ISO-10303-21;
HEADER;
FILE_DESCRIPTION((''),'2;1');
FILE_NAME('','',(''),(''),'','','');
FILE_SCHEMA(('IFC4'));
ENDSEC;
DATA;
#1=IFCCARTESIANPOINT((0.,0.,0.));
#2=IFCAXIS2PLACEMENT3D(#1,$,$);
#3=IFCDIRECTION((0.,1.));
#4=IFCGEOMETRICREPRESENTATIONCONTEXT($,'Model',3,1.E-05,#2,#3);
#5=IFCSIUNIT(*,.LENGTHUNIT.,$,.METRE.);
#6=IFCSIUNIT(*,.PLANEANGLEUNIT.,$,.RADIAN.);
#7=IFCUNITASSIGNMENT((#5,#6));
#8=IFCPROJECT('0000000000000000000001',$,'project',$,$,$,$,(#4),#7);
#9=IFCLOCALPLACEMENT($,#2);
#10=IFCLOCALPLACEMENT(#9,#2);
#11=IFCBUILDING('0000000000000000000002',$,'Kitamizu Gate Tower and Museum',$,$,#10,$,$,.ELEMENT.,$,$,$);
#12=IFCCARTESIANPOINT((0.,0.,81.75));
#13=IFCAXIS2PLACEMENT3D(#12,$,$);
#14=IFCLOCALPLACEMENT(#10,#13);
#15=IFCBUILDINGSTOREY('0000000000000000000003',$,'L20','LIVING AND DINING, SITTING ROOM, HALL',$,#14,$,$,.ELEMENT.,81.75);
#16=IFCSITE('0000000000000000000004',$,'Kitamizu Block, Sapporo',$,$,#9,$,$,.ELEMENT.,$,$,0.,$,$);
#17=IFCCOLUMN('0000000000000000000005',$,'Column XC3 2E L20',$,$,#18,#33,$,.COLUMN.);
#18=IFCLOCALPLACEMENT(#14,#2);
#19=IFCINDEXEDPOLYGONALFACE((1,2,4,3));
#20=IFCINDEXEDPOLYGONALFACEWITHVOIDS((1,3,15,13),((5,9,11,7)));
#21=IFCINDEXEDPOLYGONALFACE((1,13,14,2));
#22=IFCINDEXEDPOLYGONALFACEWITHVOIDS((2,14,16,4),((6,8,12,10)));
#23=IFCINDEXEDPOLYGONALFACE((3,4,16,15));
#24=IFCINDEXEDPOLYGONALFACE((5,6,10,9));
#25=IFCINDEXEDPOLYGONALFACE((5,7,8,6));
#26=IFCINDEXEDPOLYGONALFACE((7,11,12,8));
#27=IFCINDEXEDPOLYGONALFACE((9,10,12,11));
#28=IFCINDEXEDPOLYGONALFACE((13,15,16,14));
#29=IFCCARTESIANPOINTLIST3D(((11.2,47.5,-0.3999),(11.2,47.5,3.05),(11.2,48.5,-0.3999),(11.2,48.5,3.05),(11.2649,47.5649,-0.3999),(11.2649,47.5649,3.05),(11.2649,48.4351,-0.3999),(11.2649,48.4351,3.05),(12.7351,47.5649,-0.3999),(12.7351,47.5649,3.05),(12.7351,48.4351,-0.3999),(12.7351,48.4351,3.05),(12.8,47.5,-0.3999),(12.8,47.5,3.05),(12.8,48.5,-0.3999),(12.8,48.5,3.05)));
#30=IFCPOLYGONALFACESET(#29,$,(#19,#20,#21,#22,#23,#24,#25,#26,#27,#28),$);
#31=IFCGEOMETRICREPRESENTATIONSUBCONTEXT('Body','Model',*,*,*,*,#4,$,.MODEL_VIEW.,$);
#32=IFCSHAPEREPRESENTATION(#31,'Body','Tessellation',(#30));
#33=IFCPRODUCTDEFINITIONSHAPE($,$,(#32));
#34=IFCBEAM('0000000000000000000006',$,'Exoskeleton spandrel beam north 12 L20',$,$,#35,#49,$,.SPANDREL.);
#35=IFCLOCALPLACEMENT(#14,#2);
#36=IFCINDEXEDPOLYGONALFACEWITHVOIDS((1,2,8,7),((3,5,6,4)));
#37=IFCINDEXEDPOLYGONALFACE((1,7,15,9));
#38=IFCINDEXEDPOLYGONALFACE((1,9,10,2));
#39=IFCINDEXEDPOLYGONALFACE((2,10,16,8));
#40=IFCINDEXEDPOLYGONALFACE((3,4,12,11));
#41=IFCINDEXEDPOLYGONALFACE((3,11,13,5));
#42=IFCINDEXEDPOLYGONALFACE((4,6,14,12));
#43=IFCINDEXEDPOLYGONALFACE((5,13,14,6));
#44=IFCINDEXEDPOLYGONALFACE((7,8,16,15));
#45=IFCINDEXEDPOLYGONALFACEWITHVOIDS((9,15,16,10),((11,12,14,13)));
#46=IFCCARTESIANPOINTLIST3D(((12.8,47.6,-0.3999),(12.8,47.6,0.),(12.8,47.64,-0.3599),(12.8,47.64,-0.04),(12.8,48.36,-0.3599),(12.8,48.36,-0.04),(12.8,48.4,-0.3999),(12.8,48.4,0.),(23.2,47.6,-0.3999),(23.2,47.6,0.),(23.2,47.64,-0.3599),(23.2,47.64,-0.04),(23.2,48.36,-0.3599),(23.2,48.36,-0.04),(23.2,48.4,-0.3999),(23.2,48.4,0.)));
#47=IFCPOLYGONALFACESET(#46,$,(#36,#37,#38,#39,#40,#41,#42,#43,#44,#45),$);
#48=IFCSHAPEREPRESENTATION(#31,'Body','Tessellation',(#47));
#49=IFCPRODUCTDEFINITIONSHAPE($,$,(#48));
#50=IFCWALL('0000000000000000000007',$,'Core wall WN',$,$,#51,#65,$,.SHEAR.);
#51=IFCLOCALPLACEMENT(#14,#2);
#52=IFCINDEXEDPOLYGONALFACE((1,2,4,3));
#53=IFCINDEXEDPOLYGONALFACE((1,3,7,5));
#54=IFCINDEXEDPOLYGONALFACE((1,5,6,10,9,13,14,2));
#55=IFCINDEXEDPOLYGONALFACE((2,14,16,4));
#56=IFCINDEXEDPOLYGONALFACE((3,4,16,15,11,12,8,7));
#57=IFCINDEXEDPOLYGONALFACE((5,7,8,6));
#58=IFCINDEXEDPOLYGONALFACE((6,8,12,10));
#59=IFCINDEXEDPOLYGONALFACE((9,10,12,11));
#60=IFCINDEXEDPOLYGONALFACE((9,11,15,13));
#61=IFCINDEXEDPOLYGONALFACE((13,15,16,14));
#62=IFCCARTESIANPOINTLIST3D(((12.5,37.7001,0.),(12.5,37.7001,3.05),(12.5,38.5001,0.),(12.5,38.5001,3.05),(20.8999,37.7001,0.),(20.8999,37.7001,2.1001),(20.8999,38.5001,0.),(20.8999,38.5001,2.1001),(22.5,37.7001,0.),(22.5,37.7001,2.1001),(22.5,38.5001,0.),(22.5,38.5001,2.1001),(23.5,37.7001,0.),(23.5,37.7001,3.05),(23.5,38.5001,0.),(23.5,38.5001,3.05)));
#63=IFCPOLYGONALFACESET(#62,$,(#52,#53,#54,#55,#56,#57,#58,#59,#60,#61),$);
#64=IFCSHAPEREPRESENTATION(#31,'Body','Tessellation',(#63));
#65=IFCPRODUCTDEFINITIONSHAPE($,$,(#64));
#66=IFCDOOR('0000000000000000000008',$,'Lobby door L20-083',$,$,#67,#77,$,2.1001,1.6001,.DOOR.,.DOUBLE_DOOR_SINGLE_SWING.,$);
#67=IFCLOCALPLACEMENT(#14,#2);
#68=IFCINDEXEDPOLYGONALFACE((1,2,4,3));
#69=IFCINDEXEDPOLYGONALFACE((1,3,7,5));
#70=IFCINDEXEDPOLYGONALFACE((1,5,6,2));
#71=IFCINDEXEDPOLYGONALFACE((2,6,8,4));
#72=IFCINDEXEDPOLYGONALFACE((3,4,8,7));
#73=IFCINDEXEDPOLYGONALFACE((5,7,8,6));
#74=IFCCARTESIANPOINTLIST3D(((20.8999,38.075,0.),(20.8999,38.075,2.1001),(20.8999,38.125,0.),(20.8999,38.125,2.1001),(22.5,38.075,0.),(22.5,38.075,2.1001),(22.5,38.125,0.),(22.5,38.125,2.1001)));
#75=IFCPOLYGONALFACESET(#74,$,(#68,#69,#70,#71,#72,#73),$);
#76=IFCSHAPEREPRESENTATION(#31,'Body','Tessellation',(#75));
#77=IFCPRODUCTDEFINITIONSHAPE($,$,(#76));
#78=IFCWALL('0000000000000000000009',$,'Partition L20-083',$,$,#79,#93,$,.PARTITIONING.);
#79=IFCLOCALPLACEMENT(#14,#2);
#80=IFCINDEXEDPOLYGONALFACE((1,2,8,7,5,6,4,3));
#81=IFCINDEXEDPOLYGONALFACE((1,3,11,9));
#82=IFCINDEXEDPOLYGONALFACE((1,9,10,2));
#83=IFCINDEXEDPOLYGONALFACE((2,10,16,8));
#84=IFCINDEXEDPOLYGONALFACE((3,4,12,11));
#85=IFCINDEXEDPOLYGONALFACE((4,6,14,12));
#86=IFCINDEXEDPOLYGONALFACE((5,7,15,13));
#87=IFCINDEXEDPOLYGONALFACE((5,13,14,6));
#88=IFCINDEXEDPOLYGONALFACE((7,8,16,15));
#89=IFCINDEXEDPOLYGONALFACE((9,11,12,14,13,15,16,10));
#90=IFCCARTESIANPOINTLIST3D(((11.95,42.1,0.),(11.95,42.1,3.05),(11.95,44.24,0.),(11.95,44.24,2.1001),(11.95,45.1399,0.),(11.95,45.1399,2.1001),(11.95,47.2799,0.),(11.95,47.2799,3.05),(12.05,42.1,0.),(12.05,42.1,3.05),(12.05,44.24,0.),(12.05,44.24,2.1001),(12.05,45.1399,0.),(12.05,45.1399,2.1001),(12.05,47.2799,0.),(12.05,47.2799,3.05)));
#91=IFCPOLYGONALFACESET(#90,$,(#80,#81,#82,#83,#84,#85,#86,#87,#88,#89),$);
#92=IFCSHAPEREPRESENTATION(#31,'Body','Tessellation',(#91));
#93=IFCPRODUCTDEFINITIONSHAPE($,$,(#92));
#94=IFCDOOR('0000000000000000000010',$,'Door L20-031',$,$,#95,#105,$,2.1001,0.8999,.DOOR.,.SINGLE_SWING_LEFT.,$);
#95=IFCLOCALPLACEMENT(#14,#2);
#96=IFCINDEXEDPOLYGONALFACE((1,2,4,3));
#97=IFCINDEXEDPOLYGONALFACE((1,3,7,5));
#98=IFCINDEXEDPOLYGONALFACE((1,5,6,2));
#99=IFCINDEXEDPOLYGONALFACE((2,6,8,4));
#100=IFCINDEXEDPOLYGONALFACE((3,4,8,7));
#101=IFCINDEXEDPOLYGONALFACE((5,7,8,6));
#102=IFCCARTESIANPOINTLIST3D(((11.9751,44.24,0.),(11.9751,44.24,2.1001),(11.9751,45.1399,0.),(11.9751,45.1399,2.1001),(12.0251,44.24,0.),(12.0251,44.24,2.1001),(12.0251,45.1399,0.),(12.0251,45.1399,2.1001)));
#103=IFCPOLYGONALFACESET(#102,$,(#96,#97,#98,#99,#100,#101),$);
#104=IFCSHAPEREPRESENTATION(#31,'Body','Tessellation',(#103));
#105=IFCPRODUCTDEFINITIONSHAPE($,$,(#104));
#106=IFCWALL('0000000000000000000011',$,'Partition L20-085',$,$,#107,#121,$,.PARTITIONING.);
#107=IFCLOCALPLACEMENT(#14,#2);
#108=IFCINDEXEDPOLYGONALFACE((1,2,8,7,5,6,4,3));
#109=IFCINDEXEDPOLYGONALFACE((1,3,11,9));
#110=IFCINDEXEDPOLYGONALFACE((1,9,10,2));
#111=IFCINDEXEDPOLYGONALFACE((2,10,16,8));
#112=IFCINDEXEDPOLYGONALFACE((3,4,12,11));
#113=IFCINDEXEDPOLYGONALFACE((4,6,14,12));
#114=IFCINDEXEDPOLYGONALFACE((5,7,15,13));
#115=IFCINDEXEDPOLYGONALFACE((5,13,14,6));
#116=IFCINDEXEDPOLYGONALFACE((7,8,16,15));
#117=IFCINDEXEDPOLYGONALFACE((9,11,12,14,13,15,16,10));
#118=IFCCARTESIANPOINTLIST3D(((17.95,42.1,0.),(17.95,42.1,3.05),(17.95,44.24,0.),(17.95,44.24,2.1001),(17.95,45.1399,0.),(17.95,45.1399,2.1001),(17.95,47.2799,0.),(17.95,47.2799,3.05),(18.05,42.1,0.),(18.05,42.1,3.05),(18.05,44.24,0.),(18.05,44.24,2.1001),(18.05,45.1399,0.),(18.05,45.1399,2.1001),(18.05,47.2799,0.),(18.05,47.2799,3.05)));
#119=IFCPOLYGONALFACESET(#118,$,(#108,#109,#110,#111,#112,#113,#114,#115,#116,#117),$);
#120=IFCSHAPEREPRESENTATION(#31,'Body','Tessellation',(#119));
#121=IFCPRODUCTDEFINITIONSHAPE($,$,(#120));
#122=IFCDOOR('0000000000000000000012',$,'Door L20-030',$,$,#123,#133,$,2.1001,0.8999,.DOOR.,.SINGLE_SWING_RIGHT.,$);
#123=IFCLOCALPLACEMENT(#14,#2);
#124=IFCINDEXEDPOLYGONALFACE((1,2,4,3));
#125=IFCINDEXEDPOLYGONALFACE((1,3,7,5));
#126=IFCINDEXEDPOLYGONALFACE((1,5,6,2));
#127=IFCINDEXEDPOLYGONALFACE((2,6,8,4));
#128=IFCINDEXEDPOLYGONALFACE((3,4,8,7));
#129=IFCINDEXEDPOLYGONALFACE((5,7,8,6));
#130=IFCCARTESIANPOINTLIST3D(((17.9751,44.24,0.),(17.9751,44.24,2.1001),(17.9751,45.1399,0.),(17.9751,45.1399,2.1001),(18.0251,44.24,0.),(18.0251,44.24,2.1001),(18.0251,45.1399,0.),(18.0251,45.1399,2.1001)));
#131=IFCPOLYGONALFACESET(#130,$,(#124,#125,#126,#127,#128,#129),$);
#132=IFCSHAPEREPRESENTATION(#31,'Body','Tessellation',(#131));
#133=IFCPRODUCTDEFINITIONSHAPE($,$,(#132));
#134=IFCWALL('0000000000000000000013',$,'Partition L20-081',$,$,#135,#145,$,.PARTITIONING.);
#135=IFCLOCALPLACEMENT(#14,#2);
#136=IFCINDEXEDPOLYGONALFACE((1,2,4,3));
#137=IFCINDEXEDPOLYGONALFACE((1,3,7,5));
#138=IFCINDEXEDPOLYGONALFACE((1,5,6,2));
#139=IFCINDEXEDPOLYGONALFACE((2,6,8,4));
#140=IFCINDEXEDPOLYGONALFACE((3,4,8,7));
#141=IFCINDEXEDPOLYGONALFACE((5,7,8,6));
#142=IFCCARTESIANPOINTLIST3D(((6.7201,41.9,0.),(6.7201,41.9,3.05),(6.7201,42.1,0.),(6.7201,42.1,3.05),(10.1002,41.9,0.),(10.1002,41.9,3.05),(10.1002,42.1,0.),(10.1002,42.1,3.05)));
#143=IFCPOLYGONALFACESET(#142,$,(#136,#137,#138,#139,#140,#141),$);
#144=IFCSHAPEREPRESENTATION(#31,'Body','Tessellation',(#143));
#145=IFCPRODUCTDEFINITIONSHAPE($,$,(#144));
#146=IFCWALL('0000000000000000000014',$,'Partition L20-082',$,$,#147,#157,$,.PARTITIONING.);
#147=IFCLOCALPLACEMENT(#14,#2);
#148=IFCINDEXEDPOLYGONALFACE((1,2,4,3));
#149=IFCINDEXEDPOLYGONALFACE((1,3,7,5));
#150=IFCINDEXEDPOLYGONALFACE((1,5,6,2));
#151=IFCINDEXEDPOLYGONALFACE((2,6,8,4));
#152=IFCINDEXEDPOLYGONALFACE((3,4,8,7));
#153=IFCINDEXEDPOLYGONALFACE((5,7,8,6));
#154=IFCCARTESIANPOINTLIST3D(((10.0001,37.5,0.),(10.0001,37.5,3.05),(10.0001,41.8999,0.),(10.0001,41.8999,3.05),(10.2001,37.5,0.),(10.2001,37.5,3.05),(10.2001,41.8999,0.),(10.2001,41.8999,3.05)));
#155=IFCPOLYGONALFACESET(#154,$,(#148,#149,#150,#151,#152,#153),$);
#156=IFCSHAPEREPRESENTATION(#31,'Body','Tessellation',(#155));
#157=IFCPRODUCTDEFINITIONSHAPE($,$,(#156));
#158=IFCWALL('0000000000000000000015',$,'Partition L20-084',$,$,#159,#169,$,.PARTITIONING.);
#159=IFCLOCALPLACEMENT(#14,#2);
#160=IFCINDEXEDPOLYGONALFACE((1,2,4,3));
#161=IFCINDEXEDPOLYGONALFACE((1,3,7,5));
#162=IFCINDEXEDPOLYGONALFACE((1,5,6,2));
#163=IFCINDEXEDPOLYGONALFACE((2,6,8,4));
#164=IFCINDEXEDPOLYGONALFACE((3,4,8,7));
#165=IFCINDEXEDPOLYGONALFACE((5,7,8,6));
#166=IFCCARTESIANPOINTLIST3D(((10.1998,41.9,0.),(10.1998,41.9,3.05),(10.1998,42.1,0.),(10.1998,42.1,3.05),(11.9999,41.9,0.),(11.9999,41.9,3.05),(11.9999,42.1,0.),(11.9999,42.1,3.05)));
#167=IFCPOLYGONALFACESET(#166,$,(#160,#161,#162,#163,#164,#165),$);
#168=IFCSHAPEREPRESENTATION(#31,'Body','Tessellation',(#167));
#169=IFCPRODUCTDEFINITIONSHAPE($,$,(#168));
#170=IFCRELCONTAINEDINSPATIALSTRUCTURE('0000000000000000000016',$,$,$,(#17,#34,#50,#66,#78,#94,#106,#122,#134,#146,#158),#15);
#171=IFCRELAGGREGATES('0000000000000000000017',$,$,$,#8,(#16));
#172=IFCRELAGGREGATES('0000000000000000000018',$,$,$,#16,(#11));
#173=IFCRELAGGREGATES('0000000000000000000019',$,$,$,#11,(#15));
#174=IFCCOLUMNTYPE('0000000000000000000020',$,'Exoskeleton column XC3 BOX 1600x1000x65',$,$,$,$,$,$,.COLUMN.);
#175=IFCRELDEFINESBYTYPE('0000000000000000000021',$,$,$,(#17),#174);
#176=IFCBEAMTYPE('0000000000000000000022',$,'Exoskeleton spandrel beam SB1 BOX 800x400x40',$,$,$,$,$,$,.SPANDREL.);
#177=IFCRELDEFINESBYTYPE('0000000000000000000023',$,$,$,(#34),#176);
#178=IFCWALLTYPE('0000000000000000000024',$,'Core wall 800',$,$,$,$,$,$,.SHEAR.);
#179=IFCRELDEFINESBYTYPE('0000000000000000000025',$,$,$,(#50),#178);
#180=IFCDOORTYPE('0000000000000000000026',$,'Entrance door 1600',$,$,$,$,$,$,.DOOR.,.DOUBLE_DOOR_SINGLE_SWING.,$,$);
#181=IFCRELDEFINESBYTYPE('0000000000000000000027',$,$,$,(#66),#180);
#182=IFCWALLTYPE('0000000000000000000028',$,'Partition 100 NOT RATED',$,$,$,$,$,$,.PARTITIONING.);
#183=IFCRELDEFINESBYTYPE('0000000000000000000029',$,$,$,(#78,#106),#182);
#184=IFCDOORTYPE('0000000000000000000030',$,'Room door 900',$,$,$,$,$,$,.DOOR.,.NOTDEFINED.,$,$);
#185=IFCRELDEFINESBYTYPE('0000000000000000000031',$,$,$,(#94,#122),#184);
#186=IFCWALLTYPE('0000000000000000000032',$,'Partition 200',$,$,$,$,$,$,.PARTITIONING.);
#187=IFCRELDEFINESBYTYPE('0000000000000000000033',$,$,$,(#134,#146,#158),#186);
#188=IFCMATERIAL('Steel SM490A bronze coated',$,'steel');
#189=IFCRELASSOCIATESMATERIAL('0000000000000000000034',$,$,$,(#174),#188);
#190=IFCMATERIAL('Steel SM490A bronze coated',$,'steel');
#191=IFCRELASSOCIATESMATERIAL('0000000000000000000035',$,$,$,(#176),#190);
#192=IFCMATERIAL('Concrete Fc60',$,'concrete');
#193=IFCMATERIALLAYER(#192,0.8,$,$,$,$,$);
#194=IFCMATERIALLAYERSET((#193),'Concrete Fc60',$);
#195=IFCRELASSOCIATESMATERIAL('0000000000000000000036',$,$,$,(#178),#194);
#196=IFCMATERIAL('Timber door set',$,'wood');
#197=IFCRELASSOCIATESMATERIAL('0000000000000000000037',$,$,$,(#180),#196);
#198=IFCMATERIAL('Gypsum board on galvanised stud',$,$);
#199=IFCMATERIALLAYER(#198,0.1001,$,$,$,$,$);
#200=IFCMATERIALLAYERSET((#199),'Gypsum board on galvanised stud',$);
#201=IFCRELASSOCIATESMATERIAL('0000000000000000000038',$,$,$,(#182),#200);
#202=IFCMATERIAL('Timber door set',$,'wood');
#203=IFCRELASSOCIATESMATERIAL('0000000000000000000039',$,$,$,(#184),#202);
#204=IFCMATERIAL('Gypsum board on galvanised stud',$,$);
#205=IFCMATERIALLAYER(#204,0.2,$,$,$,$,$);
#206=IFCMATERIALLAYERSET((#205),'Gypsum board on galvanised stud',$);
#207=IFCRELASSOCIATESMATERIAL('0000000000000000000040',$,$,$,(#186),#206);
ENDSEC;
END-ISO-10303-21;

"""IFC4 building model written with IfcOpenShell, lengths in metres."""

from ifc_helpers import new_model, si_unit, direction, frame, frame_2d, origin, origin_2d, place, context, subcontext, project, spatial, rectangle, hollow_rectangle, extrude, material, layer, layer_set, material_profile, profile_set, type_object, element, fill, save


model = new_model("IFC4")

# Units and contexts
model_context = context("Model", 3, precision=1e-05, world=origin(), true_north=direction((0.0, 1.0)))
body_context = subcontext(model_context, "Body", "Model", "MODEL_VIEW")
ifc_project = project(units=[si_unit("LENGTHUNIT", "METRE"), si_unit("PLANEANGLEUNIT", "RADIAN")], contexts=[model_context])

# Site, building, storey
site_placement = place(None, origin())
site = spatial("IfcSite", under=ifc_project, at=site_placement, Name="Kitamizu Block, Sapporo", CompositionType="ELEMENT", RefElevation=0.0)
building_placement = place(site_placement, origin())
building = spatial("IfcBuilding", under=site, at=building_placement, Name="Kitamizu Gate Tower and Museum", CompositionType="ELEMENT")
storey_placement = place(building_placement, frame((0.0, 0.0, 81.75)))
storey = spatial("IfcBuildingStorey", under=building, at=storey_placement, Name="L20", Description="LIVING AND DINING, SITTING ROOM, HALL", CompositionType="ELEMENT", Elevation=81.75)

# Column
ifc_material_1 = material(Name="Steel SM490A bronze coated", Category="steel")
ifc_material_profile_1 = material_profile(ifc_material_1, hollow_rectangle(XDim=1.6001, YDim=1.0, WallThickness=0.0649, at=origin_2d()), Name="BOX 1600x1000x65")
ifc_profile_set_1 = profile_set([ifc_material_profile_1], Name="Steel SM490A bronze coated")
column_type = type_object("IfcColumnType", Name="Exoskeleton column XC3 BOX 1600x1000x65", PredefinedType="COLUMN", material=ifc_profile_set_1)
column_placement = place(storey_placement, frame((12.0, 48.0, -0.3999), z_axis=(0.0, 0.0, 1.0), x_axis=(1.0, 0.0, 0.0)))
element("IfcColumn", 1, at=column_placement, inside=storey, type_object=column_type, Name="Column XC3 2E L20", PredefinedType="COLUMN", context=body_context, shape_type="SweptSolid", body=[
    extrude(hollow_rectangle(XDim=1.6001, YDim=1.0, WallThickness=0.0649, at=origin_2d()), origin(), (0.0, 0.0, 1.0), 3.45),
])

# Beam
ifc_material_2 = material(Name="Steel SM490A bronze coated", Category="steel")
ifc_material_profile_2 = material_profile(ifc_material_2, hollow_rectangle(XDim=0.8, YDim=0.3999, WallThickness=0.04, at=origin_2d()), Name="BOX 800x400x40")
ifc_profile_set_2 = profile_set([ifc_material_profile_2], Name="Steel SM490A bronze coated")
beam_type = type_object("IfcBeamType", Name="Exoskeleton spandrel beam SB1 BOX 800x400x40", PredefinedType="SPANDREL", material=ifc_profile_set_2)
beam_placement = place(storey_placement, frame((12.8, 48.0, -0.2), z_axis=(1.0, 0.0, 0.0), x_axis=(0.0, 1.0, 0.0)))
element("IfcBeam", 2, at=beam_placement, inside=storey, type_object=beam_type, Name="Exoskeleton spandrel beam north 12 L20", PredefinedType="SPANDREL", context=body_context, shape_type="SweptSolid", body=[
    extrude(hollow_rectangle(XDim=0.8, YDim=0.3999, WallThickness=0.04, at=origin_2d()), origin(), (0.0, 0.0, 1.0), 10.3999),
])

# Walls, openings, doors
ifc_material_3 = material(Name="Concrete Fc60", Category="concrete")
ifc_layer_1 = layer(ifc_material_3, 0.8)
ifc_layer_set_1 = layer_set([ifc_layer_1], Name="Concrete Fc60")
wall_type_1 = type_object("IfcWallType", Name="Core wall 800", PredefinedType="SHEAR", material=ifc_layer_set_1)
wall_1_placement = place(storey_placement, frame((12.5, 38.1001, 0.0), z_axis=(0.0, 0.0, 1.0), x_axis=(1.0, 0.0, 0.0)))
wall_1 = element("IfcWall", 3, at=wall_1_placement, inside=storey, type_object=wall_type_1, Name="Core wall WN", PredefinedType="SHEAR", context=body_context, shape_type="SweptSolid", body=[
    extrude(rectangle(XDim=11.0, YDim=0.8, at=frame_2d((5.5, 0.0))), origin(), (0.0, 0.0, 1.0), 3.05),
])
opening_1_placement = place(wall_1_placement, frame((8.3999, 0.0, 0.0)))
opening_1 = element("IfcOpeningElement", 4, at=opening_1_placement, cuts=wall_1, PredefinedType="OPENING", context=body_context, shape_type="SweptSolid", body=[
    extrude(rectangle(XDim=1.6001, YDim=2.1001, at=frame_2d((0.8, 1.05))), frame((0.0, 0.4102, 0.0), z_axis=(0.0, -1.0, 0.0), x_axis=(1.0, 0.0, 0.0)), (0.0, 0.0, 1.0), 0.8201),
])
ifc_material_4 = material(Name="Timber door set", Category="wood")
door_type_1 = type_object("IfcDoorType", Name="Entrance door 1600", OperationType="DOUBLE_DOOR_SINGLE_SWING", PredefinedType="DOOR", material=ifc_material_4)
door_1_placement = place(opening_1_placement, origin())
door_1 = element("IfcDoor", 5, at=door_1_placement, inside=storey, type_object=door_type_1, Name="Lobby door L20-083", OperationType="DOUBLE_DOOR_SINGLE_SWING", OverallHeight=2.1001, OverallWidth=1.6001, PredefinedType="DOOR", context=body_context, shape_type="SweptSolid", body=[
    extrude(rectangle(XDim=1.6001, YDim=2.1001, at=frame_2d((0.8, 1.05))), frame((0.0, 0.0249, 0.0), z_axis=(0.0, -1.0, 0.0), x_axis=(1.0, 0.0, 0.0)), (0.0, 0.0, 1.0), 0.05),
])
fill(opening_1, door_1)
ifc_material_5 = material(Name="Gypsum board on galvanised stud")
ifc_layer_2 = layer(ifc_material_5, 0.1001)
ifc_layer_set_2 = layer_set([ifc_layer_2], Name="Gypsum board on galvanised stud")
wall_type_2 = type_object("IfcWallType", Name="Partition 100 NOT RATED", PredefinedType="PARTITIONING", material=ifc_layer_set_2)
wall_2_placement = place(storey_placement, frame((12.0, 42.1001, 0.0), z_axis=(0.0, 0.0, 1.0), x_axis=(0.0, 1.0, 0.0)))
wall_2 = element("IfcWall", 6, at=wall_2_placement, inside=storey, type_object=wall_type_2, Name="Partition L20-083", PredefinedType="PARTITIONING", context=body_context, shape_type="SweptSolid", body=[
    extrude(rectangle(XDim=5.1799, YDim=0.1001, at=frame_2d((2.5898, 0.0))), origin(), (0.0, 0.0, 1.0), 3.05),
])
opening_2_placement = place(wall_2_placement, frame((2.1399, 0.0, 0.0)))
opening_2 = element("IfcOpeningElement", 7, at=opening_2_placement, cuts=wall_2, PredefinedType="OPENING", context=body_context, shape_type="SweptSolid", body=[
    extrude(rectangle(XDim=0.8999, YDim=2.1001, at=frame_2d((0.45, 1.05))), frame((0.0, 0.0601, 0.0), z_axis=(0.0, -1.0, 0.0), x_axis=(1.0, 0.0, 0.0)), (0.0, 0.0, 1.0), 0.1201),
])
ifc_material_6 = material(Name="Timber door set", Category="wood")
door_type_2 = type_object("IfcDoorType", Name="Room door 900", OperationType="NOTDEFINED", PredefinedType="DOOR", material=ifc_material_6)
door_2_placement = place(opening_2_placement, origin())
door_2 = element("IfcDoor", 8, at=door_2_placement, inside=storey, type_object=door_type_2, Name="Door L20-031", OperationType="SINGLE_SWING_LEFT", OverallHeight=2.1001, OverallWidth=0.8999, PredefinedType="DOOR", context=body_context, shape_type="SweptSolid", body=[
    extrude(rectangle(XDim=0.8999, YDim=2.1001, at=frame_2d((0.45, 1.05))), frame((0.0, 0.0249, 0.0), z_axis=(0.0, -1.0, 0.0), x_axis=(1.0, 0.0, 0.0)), (0.0, 0.0, 1.0), 0.05),
])
fill(opening_2, door_2)
wall_3_placement = place(storey_placement, frame((18.0, 42.1001, 0.0), z_axis=(0.0, 0.0, 1.0), x_axis=(0.0, 1.0, 0.0)))
wall_3 = element("IfcWall", 9, at=wall_3_placement, inside=storey, type_object=wall_type_2, Name="Partition L20-085", PredefinedType="PARTITIONING", context=body_context, shape_type="SweptSolid", body=[
    extrude(rectangle(XDim=5.1799, YDim=0.1001, at=frame_2d((2.5898, 0.0))), origin(), (0.0, 0.0, 1.0), 3.05),
])
opening_3_placement = place(wall_3_placement, frame((2.1399, 0.0, 0.0)))
opening_3 = element("IfcOpeningElement", 10, at=opening_3_placement, cuts=wall_3, PredefinedType="OPENING", context=body_context, shape_type="SweptSolid", body=[
    extrude(rectangle(XDim=0.8999, YDim=2.1001, at=frame_2d((0.45, 1.05))), frame((0.0, 0.0601, 0.0), z_axis=(0.0, -1.0, 0.0), x_axis=(1.0, 0.0, 0.0)), (0.0, 0.0, 1.0), 0.1201),
])
door_3_placement = place(opening_3_placement, origin())
door_3 = element("IfcDoor", 11, at=door_3_placement, inside=storey, type_object=door_type_2, Name="Door L20-030", OperationType="SINGLE_SWING_RIGHT", OverallHeight=2.1001, OverallWidth=0.8999, PredefinedType="DOOR", context=body_context, shape_type="SweptSolid", body=[
    extrude(rectangle(XDim=0.8999, YDim=2.1001, at=frame_2d((0.45, 1.05))), frame((0.0, 0.0249, 0.0), z_axis=(0.0, -1.0, 0.0), x_axis=(1.0, 0.0, 0.0)), (0.0, 0.0, 1.0), 0.05),
])
fill(opening_3, door_3)

# Walls
ifc_material_7 = material(Name="Gypsum board on galvanised stud")
ifc_layer_3 = layer(ifc_material_7, 0.2)
ifc_layer_set_3 = layer_set([ifc_layer_3], Name="Gypsum board on galvanised stud")
wall_type_3 = type_object("IfcWallType", Name="Partition 200", PredefinedType="PARTITIONING", material=ifc_layer_set_3)
wall_4_placement = place(storey_placement, frame((10.1001, 42.0, 0.0), z_axis=(0.0, 0.0, 1.0), x_axis=(-1.0, 0.0, 0.0)))
element("IfcWall", 12, at=wall_4_placement, inside=storey, type_object=wall_type_3, Name="Partition L20-081", PredefinedType="PARTITIONING", context=body_context, shape_type="SweptSolid", body=[
    extrude(rectangle(XDim=3.3801, YDim=0.2, at=frame_2d((1.6899, 0.0))), origin(), (0.0, 0.0, 1.0), 3.05),
])
wall_5_placement = place(storey_placement, frame((10.1001, 37.5, 0.0), z_axis=(0.0, 0.0, 1.0), x_axis=(0.0, 1.0, 0.0)))
element("IfcWall", 13, at=wall_5_placement, inside=storey, type_object=wall_type_3, Name="Partition L20-082", PredefinedType="PARTITIONING", context=body_context, shape_type="SweptSolid", body=[
    extrude(rectangle(XDim=4.3999, YDim=0.2, at=frame_2d((2.2, 0.0))), origin(), (0.0, 0.0, 1.0), 3.05),
])
wall_6_placement = place(storey_placement, frame((10.2, 42.0, 0.0), z_axis=(0.0, 0.0, 1.0), x_axis=(1.0, 0.0, 0.0)))
element("IfcWall", 14, at=wall_6_placement, inside=storey, type_object=wall_type_3, Name="Partition L20-084", PredefinedType="PARTITIONING", context=body_context, shape_type="SweptSolid", body=[
    extrude(rectangle(XDim=1.8, YDim=0.2, at=frame_2d((0.8999, 0.0))), origin(), (0.0, 0.0, 1.0), 3.05),
])

save(model, "model.ifc")
